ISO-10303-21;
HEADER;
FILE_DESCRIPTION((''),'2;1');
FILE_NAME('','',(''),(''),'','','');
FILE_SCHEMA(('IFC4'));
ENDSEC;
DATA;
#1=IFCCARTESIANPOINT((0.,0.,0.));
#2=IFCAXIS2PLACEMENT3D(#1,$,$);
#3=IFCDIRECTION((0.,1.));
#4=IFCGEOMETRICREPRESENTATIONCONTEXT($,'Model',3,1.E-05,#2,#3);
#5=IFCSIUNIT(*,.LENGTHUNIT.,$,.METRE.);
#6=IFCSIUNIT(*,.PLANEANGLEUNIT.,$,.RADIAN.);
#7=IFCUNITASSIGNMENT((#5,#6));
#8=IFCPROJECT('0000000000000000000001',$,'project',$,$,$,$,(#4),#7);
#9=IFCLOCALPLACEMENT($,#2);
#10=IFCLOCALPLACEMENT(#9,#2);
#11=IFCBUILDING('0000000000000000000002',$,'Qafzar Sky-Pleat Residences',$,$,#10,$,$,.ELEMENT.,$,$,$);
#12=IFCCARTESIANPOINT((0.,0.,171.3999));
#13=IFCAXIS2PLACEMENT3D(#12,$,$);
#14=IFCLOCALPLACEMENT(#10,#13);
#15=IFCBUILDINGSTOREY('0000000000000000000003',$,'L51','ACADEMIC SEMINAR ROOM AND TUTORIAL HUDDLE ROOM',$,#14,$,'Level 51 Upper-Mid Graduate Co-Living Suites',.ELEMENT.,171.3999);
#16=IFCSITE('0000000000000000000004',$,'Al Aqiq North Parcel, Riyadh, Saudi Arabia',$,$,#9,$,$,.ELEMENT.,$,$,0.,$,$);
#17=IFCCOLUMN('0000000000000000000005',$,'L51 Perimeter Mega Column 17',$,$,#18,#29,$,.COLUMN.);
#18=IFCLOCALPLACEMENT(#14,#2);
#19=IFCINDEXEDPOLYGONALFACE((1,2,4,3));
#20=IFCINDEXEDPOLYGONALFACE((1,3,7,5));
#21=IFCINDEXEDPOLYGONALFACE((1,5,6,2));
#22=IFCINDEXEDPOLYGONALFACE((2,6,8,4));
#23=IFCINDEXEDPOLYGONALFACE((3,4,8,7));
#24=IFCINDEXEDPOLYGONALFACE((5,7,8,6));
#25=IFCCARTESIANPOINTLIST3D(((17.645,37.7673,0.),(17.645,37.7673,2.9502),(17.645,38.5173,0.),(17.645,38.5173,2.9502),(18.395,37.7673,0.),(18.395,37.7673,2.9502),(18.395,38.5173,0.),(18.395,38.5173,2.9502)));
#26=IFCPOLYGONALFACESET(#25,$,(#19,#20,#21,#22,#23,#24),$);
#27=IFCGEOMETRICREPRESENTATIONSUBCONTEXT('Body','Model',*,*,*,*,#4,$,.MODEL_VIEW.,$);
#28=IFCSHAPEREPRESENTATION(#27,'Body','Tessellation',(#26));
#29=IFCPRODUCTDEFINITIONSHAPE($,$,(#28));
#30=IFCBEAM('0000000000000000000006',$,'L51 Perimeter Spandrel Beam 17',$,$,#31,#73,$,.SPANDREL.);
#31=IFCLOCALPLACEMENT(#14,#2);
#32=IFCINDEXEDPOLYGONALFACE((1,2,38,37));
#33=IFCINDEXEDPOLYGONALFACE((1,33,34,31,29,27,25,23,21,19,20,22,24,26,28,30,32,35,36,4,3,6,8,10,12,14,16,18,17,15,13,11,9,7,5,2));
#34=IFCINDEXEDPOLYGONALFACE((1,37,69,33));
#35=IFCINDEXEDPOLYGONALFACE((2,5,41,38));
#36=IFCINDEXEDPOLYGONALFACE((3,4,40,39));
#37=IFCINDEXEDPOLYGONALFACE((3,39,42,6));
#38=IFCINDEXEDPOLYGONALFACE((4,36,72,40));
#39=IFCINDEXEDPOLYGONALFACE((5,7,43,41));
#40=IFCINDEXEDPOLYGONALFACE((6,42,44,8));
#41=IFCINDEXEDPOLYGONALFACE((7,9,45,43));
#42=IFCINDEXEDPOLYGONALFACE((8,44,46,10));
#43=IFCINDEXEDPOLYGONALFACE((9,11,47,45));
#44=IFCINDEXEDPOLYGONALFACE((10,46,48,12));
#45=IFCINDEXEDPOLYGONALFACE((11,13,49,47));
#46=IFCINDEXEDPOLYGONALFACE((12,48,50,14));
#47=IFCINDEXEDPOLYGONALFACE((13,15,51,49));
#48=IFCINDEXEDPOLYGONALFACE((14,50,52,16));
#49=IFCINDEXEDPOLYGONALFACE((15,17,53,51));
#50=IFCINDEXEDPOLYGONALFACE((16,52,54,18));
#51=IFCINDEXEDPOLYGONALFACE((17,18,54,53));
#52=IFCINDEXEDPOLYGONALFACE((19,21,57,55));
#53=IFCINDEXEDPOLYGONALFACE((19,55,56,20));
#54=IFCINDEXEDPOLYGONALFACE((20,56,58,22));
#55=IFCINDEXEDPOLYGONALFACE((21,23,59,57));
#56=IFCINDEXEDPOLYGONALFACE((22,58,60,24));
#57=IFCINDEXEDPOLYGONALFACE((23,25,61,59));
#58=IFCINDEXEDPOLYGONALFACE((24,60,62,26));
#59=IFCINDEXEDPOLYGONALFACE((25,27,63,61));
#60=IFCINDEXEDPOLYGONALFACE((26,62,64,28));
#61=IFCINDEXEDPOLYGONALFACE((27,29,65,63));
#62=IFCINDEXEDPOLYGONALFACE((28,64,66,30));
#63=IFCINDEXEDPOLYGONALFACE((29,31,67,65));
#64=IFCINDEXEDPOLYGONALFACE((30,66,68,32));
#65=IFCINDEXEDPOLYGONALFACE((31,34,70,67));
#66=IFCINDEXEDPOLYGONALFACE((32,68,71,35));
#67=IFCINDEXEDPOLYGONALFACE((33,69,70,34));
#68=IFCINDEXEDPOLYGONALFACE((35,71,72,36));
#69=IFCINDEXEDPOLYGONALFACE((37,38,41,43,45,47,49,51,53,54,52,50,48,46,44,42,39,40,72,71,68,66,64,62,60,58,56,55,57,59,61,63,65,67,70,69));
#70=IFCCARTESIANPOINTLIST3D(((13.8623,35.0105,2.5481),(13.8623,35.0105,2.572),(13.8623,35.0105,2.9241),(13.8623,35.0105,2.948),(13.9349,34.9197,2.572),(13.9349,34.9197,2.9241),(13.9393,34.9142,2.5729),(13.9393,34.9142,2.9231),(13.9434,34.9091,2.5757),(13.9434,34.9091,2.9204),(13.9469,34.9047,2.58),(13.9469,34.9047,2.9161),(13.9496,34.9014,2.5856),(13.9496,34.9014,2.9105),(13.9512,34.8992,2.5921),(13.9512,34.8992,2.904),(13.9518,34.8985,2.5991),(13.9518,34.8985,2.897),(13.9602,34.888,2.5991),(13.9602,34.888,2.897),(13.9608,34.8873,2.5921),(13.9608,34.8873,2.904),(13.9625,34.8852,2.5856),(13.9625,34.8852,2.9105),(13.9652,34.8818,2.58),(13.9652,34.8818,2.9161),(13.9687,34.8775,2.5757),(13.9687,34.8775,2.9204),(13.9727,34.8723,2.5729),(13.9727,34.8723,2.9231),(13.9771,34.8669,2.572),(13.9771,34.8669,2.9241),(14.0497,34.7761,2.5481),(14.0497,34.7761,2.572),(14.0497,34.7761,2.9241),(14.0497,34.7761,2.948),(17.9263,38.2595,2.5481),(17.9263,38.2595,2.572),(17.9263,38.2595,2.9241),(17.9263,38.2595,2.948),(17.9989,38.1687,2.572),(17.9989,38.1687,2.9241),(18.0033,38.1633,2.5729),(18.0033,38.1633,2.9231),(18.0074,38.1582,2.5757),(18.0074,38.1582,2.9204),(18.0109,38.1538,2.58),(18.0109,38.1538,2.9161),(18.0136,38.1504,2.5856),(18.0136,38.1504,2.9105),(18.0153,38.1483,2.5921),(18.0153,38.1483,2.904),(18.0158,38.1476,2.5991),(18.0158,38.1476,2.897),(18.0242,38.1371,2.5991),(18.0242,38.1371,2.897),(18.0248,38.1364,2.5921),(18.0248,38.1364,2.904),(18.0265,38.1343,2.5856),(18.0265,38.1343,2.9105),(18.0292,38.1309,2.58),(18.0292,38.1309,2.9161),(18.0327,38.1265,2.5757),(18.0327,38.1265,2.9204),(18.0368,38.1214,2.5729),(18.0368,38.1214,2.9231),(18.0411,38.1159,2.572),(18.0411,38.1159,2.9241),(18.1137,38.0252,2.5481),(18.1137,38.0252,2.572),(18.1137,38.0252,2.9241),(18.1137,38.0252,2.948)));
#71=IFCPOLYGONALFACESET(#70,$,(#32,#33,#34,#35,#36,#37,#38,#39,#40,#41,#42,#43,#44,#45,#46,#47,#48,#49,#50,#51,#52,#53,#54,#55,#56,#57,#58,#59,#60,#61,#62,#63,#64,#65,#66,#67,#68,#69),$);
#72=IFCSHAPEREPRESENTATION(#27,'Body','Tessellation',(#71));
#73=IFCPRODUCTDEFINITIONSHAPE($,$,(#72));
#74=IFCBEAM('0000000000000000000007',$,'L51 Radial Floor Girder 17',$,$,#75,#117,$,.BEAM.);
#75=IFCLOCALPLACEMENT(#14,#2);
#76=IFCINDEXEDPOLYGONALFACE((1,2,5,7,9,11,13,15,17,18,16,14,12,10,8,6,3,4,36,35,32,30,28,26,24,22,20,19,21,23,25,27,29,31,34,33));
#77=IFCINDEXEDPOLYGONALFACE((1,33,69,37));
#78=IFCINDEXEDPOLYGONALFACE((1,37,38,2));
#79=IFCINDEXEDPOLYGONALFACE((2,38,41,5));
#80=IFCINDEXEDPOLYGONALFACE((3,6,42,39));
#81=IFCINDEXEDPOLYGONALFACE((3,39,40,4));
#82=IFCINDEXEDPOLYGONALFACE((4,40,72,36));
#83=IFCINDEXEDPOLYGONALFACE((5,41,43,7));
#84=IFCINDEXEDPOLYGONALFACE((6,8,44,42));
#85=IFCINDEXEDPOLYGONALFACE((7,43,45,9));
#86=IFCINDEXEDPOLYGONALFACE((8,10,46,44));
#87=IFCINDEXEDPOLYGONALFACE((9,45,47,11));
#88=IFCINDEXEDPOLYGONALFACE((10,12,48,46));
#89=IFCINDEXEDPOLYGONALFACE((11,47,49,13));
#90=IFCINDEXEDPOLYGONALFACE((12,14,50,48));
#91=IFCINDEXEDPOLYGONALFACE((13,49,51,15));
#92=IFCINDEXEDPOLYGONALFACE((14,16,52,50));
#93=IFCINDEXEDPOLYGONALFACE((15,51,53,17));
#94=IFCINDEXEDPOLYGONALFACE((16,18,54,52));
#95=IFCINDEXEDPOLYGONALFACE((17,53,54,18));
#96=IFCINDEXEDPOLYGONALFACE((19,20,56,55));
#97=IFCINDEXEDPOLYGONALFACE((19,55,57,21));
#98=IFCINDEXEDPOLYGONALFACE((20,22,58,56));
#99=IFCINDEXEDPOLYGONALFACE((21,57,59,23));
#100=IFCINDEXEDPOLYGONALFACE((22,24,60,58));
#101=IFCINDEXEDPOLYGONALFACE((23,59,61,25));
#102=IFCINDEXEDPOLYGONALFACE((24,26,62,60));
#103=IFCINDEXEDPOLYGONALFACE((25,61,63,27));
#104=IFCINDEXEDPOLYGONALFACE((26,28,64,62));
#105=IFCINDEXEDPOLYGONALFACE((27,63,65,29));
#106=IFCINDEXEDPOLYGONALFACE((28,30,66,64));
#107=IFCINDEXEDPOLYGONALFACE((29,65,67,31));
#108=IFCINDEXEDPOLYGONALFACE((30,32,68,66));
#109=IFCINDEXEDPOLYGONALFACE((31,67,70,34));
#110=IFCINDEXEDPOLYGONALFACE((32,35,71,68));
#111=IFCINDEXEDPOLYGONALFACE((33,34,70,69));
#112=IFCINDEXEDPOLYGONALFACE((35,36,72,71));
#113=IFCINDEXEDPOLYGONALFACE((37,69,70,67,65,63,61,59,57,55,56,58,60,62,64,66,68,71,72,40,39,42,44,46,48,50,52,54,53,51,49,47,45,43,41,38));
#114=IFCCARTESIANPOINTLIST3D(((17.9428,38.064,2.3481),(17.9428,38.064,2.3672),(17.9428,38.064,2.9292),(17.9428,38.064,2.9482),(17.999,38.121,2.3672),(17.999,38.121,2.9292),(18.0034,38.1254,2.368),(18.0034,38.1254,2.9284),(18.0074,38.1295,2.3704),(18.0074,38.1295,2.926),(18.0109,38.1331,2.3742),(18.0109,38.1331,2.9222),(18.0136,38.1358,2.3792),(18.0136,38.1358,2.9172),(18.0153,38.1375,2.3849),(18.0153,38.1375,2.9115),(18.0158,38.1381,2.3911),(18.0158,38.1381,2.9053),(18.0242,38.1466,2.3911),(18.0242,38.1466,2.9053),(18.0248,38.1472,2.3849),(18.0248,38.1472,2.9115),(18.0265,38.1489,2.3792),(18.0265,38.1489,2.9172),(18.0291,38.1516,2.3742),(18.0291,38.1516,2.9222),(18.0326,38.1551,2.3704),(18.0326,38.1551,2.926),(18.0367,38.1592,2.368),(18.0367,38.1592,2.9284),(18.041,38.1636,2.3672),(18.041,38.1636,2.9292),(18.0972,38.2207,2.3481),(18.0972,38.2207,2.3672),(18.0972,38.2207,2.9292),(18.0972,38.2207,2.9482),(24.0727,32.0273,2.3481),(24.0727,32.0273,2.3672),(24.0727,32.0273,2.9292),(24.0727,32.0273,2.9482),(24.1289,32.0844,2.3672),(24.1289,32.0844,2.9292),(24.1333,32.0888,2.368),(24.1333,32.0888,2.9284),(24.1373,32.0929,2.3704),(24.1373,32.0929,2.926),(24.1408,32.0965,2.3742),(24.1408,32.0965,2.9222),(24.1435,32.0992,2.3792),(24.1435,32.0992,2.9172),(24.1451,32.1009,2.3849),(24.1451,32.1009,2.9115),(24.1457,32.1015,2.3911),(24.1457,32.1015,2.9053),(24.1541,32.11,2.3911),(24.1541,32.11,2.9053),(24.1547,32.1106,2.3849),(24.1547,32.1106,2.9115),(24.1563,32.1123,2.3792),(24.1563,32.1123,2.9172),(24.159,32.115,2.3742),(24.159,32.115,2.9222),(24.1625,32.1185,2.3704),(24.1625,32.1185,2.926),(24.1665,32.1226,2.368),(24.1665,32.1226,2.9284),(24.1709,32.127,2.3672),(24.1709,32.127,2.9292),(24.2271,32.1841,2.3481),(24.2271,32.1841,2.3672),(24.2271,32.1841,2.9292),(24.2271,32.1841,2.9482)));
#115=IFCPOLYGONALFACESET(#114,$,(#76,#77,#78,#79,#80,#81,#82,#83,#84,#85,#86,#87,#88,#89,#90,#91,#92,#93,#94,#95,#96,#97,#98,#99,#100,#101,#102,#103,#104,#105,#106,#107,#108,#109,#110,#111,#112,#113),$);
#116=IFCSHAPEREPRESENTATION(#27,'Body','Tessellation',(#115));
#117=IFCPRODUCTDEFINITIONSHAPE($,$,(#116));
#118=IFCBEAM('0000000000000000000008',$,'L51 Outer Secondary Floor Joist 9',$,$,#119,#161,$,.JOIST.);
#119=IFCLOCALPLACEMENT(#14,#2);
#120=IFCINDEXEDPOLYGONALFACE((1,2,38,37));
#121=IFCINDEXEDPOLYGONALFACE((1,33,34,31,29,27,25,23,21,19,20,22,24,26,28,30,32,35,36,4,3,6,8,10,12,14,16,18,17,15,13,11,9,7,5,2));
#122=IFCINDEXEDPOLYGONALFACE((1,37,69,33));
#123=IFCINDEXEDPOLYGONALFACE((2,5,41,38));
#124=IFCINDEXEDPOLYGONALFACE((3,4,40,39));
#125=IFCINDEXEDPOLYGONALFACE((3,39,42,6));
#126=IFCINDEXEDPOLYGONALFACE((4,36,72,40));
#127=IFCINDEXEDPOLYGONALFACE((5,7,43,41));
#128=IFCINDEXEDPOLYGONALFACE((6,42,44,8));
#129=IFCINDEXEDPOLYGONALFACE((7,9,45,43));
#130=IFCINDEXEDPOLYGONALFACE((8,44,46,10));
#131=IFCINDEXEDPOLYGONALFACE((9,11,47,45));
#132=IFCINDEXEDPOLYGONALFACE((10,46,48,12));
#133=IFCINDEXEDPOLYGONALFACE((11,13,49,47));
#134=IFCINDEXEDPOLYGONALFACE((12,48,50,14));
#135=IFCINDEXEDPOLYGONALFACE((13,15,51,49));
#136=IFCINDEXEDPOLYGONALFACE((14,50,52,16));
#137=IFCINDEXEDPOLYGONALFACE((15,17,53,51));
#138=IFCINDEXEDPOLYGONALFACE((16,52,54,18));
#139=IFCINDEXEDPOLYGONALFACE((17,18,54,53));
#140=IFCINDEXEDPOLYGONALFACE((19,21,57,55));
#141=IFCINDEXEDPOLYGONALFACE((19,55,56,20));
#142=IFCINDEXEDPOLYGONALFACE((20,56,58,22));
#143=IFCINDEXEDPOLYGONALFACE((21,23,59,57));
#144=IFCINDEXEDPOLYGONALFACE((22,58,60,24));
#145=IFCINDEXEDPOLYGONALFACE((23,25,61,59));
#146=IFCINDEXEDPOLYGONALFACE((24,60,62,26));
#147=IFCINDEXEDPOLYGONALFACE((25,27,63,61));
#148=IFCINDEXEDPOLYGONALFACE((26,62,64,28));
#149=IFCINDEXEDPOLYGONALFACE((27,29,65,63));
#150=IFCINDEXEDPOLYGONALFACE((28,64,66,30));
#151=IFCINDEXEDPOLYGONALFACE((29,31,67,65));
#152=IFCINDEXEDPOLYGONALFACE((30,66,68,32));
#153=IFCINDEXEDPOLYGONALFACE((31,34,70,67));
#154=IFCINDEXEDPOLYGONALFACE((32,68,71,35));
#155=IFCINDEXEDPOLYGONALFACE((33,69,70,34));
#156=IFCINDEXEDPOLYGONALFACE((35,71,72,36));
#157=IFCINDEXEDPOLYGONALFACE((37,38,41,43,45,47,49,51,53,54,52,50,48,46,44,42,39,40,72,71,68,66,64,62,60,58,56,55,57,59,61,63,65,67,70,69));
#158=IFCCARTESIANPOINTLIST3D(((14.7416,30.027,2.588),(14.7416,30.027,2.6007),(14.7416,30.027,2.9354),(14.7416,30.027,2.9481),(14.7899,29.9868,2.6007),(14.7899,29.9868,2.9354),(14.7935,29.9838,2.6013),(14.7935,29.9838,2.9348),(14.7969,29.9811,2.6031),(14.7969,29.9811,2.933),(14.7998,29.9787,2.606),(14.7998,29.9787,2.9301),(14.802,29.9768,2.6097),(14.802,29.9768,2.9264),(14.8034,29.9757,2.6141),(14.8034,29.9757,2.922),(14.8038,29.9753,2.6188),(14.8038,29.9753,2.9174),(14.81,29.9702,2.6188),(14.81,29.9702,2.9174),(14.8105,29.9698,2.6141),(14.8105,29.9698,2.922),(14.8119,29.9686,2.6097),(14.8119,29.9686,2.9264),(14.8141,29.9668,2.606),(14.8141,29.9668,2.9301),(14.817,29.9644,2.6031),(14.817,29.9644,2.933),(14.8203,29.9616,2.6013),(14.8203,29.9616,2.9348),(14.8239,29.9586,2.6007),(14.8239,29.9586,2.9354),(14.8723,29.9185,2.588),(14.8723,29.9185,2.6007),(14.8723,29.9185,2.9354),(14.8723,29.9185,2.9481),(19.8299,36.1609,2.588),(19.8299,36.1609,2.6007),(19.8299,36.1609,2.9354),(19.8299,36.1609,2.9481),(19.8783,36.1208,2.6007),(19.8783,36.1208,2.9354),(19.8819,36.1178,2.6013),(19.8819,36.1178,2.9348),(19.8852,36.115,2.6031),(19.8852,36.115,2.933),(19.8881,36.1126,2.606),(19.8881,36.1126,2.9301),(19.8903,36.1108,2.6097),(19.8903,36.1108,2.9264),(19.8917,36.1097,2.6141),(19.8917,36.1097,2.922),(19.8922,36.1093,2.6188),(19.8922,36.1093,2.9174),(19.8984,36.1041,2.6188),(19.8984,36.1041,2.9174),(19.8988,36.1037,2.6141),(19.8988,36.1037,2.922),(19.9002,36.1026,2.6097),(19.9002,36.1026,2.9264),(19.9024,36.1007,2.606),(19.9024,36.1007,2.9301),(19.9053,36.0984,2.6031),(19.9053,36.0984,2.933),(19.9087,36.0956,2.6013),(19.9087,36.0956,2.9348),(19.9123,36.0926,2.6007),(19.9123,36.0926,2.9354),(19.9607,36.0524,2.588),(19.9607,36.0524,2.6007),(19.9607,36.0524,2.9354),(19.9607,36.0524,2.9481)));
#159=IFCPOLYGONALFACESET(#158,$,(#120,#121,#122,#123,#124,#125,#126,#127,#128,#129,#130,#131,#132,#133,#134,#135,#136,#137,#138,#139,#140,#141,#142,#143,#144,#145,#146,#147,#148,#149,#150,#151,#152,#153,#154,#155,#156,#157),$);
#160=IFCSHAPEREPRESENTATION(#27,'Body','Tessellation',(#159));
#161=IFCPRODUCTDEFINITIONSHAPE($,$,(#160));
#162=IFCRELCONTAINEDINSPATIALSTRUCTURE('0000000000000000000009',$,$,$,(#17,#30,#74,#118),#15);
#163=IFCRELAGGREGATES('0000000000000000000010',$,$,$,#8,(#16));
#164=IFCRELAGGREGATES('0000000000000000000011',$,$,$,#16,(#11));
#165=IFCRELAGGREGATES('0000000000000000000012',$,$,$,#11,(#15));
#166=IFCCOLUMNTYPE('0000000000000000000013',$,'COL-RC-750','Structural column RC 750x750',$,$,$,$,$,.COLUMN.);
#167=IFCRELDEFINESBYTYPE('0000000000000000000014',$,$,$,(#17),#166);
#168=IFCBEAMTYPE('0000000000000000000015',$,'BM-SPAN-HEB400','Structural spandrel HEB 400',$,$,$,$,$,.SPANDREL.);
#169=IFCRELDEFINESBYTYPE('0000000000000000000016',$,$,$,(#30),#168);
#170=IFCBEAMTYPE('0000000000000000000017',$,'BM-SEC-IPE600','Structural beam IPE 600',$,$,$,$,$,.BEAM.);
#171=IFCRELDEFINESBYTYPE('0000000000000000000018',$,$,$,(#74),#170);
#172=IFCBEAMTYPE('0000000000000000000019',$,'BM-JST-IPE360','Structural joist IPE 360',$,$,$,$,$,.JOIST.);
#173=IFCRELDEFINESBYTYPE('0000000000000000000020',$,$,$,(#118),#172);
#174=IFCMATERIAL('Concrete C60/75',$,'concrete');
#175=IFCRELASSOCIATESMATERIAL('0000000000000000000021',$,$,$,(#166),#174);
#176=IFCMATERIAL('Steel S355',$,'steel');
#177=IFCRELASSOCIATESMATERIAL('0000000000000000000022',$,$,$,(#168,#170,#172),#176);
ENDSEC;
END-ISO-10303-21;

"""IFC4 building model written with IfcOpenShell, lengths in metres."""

from ifc_helpers import new_model, si_unit, direction, frame, origin, origin_2d, place, context, subcontext, project, spatial, rectangle, i_section, extrude, source, transform, mapped, material, material_profile, profile_set, type_object, element, save


model = new_model("IFC4")

# Units and contexts
model_context = context("Model", 3, precision=1e-05, world=origin(), true_north=direction((0.0, 1.0)))
body_context = subcontext(model_context, "Body", "Model", "MODEL_VIEW")
ifc_project = project(units=[si_unit("LENGTHUNIT", "METRE"), si_unit("PLANEANGLEUNIT", "RADIAN")], contexts=[model_context])

# Site, building, storey
site_placement = place(None, origin())
site = spatial("IfcSite", under=ifc_project, at=site_placement, Name="Al Aqiq North Parcel, Riyadh, Saudi Arabia", CompositionType="ELEMENT", RefElevation=0.0)
building_placement = place(site_placement, origin())
building = spatial("IfcBuilding", under=site, at=building_placement, Name="Qafzar Sky-Pleat Residences", CompositionType="ELEMENT")
storey_placement = place(building_placement, frame((0.0, 0.0, 171.3999)))
storey = spatial("IfcBuildingStorey", under=building, at=storey_placement, Name="L51", Description="ACADEMIC SEMINAR ROOM AND TUTORIAL HUDDLE ROOM", LongName="Level 51 Upper-Mid Graduate Co-Living Suites", CompositionType="ELEMENT", Elevation=171.3999)

# Column
ifc_material_1 = material(Name="Concrete C60/75", Category="concrete")
ifc_material_profile_1 = material_profile(ifc_material_1, rectangle(XDim=0.75, YDim=0.75, at=origin_2d()), Name="RC 750x750")
ifc_profile_set_1 = profile_set([ifc_material_profile_1], Name="Concrete C60/75")
column_type = type_object("IfcColumnType", Name="COL-RC-750", Description="Structural column RC 750x750", PredefinedType="COLUMN", material=ifc_profile_set_1)
shared_shape_1 = source(origin(), body_context, "Body", "SweptSolid", [
    extrude(rectangle(XDim=0.75, YDim=0.75, at=origin_2d()), origin(), (0.0, 0.0, 1.0), 2.9502),
])
column_placement = place(storey_placement, frame((18.02, 38.1423, 0.0), z_axis=(0.0, 0.0, 1.0), x_axis=(1.0, 0.0, 0.0)))
element("IfcColumn", 1, at=column_placement, inside=storey, type_object=column_type, Name="L51 Perimeter Mega Column 17", PredefinedType="COLUMN", context=body_context, shape_type="MappedRepresentation", body=[
    mapped(shared_shape_1, transform((0.0, 0.0, 0.0), x_axis=(1.0, 0.0, 0.0), y_axis=(0.0, 1.0, 0.0), z_axis=(0.0, 0.0, 1.0), scale=1.0)),
])

# Beams
ifc_material_2 = material(Name="Steel S355", Category="steel")
ifc_material_profile_2 = material_profile(ifc_material_2, i_section(OverallWidth=0.3, OverallDepth=0.3999, WebThickness=0.0134, FlangeThickness=0.0239, FilletRadius=0.0271, at=origin_2d()), Name="HEB 400")
ifc_profile_set_2 = profile_set([ifc_material_profile_2], Name="Steel S355")
beam_type_1 = type_object("IfcBeamType", Name="BM-SPAN-HEB400", Description="Structural spandrel HEB 400", PredefinedType="SPANDREL", material=ifc_profile_set_2)
shared_shape_2 = source(origin(), body_context, "Body", "SweptSolid", [
    extrude(i_section(OverallWidth=0.3, OverallDepth=0.3999, WebThickness=0.0134, FlangeThickness=0.0239, FilletRadius=0.0271, at=origin_2d()), origin(), (0.0, 0.0, 1.0), 5.2031),
])
beam_1_placement = place(storey_placement, frame((18.02, 38.1423, 2.748), z_axis=(-0.78107, -0.624443, 0.0), x_axis=(0.624443, -0.78107, 0.0)))
element("IfcBeam", 2, at=beam_1_placement, inside=storey, type_object=beam_type_1, Name="L51 Perimeter Spandrel Beam 17", PredefinedType="SPANDREL", context=body_context, shape_type="MappedRepresentation", body=[
    mapped(shared_shape_2, transform((0.0, 0.0, 0.0), x_axis=(1.0, 0.0, 0.0), y_axis=(0.0, 1.0, 0.0), z_axis=(0.0, 0.0, 1.0), scale=1.0)),
])
ifc_material_profile_3 = material_profile(ifc_material_2, i_section(OverallWidth=0.22, OverallDepth=0.6001, WebThickness=0.012, FlangeThickness=0.019, FilletRadius=0.0239, at=origin_2d()), Name="IPE 600")
ifc_profile_set_3 = profile_set([ifc_material_profile_3], Name="Steel S355")
beam_type_2 = type_object("IfcBeamType", Name="BM-SEC-IPE600", Description="Structural beam IPE 600", PredefinedType="BEAM", material=ifc_profile_set_3)
shared_shape_3 = source(origin(), body_context, "Body", "SweptSolid", [
    extrude(i_section(OverallWidth=0.22, OverallDepth=0.6001, WebThickness=0.012, FlangeThickness=0.019, FilletRadius=0.0239, at=origin_2d()), origin(), (0.0, 0.0, 1.0), 8.6033),
])
beam_2_placement = place(storey_placement, frame((18.02, 38.1423, 2.6482), z_axis=(0.712506, -0.701666, 0.0), x_axis=(0.701666, 0.712506, 0.0)))
element("IfcBeam", 3, at=beam_2_placement, inside=storey, type_object=beam_type_2, Name="L51 Radial Floor Girder 17", PredefinedType="BEAM", context=body_context, shape_type="MappedRepresentation", body=[
    mapped(shared_shape_3, transform((0.0, 0.0, 0.0), x_axis=(1.0, 0.0, 0.0), y_axis=(0.0, 1.0, 0.0), z_axis=(0.0, 0.0, 1.0), scale=1.0)),
])
ifc_material_profile_4 = material_profile(ifc_material_2, i_section(OverallWidth=0.1699, OverallDepth=0.3601, WebThickness=0.0081, FlangeThickness=0.0127, FilletRadius=0.0181, at=origin_2d()), Name="IPE 360")
ifc_profile_set_4 = profile_set([ifc_material_profile_4], Name="Steel S355")
beam_type_3 = type_object("IfcBeamType", Name="BM-JST-IPE360", Description="Structural joist IPE 360", PredefinedType="JOIST", material=ifc_profile_set_4)
shared_shape_4 = source(origin(), body_context, "Body", "SweptSolid", [
    extrude(i_section(OverallWidth=0.1699, OverallDepth=0.3601, WebThickness=0.0081, FlangeThickness=0.0127, FilletRadius=0.0181, at=origin_2d()), origin(), (0.0, 0.0, 1.0), 7.9697),
])
beam_3_placement = place(storey_placement, frame((19.8953, 36.1067, 2.7681), z_axis=(-0.638456, -0.769658, 0.0), x_axis=(0.769658, -0.638456, 0.0)))
element("IfcBeam", 4, at=beam_3_placement, inside=storey, type_object=beam_type_3, Name="L51 Outer Secondary Floor Joist 9", PredefinedType="JOIST", context=body_context, shape_type="MappedRepresentation", body=[
    mapped(shared_shape_4, transform((0.0, 0.0, 0.0), x_axis=(1.0, 0.0, 0.0), y_axis=(0.0, 1.0, 0.0), z_axis=(0.0, 0.0, 1.0), scale=1.0)),
])

save(model, "model.ifc")
